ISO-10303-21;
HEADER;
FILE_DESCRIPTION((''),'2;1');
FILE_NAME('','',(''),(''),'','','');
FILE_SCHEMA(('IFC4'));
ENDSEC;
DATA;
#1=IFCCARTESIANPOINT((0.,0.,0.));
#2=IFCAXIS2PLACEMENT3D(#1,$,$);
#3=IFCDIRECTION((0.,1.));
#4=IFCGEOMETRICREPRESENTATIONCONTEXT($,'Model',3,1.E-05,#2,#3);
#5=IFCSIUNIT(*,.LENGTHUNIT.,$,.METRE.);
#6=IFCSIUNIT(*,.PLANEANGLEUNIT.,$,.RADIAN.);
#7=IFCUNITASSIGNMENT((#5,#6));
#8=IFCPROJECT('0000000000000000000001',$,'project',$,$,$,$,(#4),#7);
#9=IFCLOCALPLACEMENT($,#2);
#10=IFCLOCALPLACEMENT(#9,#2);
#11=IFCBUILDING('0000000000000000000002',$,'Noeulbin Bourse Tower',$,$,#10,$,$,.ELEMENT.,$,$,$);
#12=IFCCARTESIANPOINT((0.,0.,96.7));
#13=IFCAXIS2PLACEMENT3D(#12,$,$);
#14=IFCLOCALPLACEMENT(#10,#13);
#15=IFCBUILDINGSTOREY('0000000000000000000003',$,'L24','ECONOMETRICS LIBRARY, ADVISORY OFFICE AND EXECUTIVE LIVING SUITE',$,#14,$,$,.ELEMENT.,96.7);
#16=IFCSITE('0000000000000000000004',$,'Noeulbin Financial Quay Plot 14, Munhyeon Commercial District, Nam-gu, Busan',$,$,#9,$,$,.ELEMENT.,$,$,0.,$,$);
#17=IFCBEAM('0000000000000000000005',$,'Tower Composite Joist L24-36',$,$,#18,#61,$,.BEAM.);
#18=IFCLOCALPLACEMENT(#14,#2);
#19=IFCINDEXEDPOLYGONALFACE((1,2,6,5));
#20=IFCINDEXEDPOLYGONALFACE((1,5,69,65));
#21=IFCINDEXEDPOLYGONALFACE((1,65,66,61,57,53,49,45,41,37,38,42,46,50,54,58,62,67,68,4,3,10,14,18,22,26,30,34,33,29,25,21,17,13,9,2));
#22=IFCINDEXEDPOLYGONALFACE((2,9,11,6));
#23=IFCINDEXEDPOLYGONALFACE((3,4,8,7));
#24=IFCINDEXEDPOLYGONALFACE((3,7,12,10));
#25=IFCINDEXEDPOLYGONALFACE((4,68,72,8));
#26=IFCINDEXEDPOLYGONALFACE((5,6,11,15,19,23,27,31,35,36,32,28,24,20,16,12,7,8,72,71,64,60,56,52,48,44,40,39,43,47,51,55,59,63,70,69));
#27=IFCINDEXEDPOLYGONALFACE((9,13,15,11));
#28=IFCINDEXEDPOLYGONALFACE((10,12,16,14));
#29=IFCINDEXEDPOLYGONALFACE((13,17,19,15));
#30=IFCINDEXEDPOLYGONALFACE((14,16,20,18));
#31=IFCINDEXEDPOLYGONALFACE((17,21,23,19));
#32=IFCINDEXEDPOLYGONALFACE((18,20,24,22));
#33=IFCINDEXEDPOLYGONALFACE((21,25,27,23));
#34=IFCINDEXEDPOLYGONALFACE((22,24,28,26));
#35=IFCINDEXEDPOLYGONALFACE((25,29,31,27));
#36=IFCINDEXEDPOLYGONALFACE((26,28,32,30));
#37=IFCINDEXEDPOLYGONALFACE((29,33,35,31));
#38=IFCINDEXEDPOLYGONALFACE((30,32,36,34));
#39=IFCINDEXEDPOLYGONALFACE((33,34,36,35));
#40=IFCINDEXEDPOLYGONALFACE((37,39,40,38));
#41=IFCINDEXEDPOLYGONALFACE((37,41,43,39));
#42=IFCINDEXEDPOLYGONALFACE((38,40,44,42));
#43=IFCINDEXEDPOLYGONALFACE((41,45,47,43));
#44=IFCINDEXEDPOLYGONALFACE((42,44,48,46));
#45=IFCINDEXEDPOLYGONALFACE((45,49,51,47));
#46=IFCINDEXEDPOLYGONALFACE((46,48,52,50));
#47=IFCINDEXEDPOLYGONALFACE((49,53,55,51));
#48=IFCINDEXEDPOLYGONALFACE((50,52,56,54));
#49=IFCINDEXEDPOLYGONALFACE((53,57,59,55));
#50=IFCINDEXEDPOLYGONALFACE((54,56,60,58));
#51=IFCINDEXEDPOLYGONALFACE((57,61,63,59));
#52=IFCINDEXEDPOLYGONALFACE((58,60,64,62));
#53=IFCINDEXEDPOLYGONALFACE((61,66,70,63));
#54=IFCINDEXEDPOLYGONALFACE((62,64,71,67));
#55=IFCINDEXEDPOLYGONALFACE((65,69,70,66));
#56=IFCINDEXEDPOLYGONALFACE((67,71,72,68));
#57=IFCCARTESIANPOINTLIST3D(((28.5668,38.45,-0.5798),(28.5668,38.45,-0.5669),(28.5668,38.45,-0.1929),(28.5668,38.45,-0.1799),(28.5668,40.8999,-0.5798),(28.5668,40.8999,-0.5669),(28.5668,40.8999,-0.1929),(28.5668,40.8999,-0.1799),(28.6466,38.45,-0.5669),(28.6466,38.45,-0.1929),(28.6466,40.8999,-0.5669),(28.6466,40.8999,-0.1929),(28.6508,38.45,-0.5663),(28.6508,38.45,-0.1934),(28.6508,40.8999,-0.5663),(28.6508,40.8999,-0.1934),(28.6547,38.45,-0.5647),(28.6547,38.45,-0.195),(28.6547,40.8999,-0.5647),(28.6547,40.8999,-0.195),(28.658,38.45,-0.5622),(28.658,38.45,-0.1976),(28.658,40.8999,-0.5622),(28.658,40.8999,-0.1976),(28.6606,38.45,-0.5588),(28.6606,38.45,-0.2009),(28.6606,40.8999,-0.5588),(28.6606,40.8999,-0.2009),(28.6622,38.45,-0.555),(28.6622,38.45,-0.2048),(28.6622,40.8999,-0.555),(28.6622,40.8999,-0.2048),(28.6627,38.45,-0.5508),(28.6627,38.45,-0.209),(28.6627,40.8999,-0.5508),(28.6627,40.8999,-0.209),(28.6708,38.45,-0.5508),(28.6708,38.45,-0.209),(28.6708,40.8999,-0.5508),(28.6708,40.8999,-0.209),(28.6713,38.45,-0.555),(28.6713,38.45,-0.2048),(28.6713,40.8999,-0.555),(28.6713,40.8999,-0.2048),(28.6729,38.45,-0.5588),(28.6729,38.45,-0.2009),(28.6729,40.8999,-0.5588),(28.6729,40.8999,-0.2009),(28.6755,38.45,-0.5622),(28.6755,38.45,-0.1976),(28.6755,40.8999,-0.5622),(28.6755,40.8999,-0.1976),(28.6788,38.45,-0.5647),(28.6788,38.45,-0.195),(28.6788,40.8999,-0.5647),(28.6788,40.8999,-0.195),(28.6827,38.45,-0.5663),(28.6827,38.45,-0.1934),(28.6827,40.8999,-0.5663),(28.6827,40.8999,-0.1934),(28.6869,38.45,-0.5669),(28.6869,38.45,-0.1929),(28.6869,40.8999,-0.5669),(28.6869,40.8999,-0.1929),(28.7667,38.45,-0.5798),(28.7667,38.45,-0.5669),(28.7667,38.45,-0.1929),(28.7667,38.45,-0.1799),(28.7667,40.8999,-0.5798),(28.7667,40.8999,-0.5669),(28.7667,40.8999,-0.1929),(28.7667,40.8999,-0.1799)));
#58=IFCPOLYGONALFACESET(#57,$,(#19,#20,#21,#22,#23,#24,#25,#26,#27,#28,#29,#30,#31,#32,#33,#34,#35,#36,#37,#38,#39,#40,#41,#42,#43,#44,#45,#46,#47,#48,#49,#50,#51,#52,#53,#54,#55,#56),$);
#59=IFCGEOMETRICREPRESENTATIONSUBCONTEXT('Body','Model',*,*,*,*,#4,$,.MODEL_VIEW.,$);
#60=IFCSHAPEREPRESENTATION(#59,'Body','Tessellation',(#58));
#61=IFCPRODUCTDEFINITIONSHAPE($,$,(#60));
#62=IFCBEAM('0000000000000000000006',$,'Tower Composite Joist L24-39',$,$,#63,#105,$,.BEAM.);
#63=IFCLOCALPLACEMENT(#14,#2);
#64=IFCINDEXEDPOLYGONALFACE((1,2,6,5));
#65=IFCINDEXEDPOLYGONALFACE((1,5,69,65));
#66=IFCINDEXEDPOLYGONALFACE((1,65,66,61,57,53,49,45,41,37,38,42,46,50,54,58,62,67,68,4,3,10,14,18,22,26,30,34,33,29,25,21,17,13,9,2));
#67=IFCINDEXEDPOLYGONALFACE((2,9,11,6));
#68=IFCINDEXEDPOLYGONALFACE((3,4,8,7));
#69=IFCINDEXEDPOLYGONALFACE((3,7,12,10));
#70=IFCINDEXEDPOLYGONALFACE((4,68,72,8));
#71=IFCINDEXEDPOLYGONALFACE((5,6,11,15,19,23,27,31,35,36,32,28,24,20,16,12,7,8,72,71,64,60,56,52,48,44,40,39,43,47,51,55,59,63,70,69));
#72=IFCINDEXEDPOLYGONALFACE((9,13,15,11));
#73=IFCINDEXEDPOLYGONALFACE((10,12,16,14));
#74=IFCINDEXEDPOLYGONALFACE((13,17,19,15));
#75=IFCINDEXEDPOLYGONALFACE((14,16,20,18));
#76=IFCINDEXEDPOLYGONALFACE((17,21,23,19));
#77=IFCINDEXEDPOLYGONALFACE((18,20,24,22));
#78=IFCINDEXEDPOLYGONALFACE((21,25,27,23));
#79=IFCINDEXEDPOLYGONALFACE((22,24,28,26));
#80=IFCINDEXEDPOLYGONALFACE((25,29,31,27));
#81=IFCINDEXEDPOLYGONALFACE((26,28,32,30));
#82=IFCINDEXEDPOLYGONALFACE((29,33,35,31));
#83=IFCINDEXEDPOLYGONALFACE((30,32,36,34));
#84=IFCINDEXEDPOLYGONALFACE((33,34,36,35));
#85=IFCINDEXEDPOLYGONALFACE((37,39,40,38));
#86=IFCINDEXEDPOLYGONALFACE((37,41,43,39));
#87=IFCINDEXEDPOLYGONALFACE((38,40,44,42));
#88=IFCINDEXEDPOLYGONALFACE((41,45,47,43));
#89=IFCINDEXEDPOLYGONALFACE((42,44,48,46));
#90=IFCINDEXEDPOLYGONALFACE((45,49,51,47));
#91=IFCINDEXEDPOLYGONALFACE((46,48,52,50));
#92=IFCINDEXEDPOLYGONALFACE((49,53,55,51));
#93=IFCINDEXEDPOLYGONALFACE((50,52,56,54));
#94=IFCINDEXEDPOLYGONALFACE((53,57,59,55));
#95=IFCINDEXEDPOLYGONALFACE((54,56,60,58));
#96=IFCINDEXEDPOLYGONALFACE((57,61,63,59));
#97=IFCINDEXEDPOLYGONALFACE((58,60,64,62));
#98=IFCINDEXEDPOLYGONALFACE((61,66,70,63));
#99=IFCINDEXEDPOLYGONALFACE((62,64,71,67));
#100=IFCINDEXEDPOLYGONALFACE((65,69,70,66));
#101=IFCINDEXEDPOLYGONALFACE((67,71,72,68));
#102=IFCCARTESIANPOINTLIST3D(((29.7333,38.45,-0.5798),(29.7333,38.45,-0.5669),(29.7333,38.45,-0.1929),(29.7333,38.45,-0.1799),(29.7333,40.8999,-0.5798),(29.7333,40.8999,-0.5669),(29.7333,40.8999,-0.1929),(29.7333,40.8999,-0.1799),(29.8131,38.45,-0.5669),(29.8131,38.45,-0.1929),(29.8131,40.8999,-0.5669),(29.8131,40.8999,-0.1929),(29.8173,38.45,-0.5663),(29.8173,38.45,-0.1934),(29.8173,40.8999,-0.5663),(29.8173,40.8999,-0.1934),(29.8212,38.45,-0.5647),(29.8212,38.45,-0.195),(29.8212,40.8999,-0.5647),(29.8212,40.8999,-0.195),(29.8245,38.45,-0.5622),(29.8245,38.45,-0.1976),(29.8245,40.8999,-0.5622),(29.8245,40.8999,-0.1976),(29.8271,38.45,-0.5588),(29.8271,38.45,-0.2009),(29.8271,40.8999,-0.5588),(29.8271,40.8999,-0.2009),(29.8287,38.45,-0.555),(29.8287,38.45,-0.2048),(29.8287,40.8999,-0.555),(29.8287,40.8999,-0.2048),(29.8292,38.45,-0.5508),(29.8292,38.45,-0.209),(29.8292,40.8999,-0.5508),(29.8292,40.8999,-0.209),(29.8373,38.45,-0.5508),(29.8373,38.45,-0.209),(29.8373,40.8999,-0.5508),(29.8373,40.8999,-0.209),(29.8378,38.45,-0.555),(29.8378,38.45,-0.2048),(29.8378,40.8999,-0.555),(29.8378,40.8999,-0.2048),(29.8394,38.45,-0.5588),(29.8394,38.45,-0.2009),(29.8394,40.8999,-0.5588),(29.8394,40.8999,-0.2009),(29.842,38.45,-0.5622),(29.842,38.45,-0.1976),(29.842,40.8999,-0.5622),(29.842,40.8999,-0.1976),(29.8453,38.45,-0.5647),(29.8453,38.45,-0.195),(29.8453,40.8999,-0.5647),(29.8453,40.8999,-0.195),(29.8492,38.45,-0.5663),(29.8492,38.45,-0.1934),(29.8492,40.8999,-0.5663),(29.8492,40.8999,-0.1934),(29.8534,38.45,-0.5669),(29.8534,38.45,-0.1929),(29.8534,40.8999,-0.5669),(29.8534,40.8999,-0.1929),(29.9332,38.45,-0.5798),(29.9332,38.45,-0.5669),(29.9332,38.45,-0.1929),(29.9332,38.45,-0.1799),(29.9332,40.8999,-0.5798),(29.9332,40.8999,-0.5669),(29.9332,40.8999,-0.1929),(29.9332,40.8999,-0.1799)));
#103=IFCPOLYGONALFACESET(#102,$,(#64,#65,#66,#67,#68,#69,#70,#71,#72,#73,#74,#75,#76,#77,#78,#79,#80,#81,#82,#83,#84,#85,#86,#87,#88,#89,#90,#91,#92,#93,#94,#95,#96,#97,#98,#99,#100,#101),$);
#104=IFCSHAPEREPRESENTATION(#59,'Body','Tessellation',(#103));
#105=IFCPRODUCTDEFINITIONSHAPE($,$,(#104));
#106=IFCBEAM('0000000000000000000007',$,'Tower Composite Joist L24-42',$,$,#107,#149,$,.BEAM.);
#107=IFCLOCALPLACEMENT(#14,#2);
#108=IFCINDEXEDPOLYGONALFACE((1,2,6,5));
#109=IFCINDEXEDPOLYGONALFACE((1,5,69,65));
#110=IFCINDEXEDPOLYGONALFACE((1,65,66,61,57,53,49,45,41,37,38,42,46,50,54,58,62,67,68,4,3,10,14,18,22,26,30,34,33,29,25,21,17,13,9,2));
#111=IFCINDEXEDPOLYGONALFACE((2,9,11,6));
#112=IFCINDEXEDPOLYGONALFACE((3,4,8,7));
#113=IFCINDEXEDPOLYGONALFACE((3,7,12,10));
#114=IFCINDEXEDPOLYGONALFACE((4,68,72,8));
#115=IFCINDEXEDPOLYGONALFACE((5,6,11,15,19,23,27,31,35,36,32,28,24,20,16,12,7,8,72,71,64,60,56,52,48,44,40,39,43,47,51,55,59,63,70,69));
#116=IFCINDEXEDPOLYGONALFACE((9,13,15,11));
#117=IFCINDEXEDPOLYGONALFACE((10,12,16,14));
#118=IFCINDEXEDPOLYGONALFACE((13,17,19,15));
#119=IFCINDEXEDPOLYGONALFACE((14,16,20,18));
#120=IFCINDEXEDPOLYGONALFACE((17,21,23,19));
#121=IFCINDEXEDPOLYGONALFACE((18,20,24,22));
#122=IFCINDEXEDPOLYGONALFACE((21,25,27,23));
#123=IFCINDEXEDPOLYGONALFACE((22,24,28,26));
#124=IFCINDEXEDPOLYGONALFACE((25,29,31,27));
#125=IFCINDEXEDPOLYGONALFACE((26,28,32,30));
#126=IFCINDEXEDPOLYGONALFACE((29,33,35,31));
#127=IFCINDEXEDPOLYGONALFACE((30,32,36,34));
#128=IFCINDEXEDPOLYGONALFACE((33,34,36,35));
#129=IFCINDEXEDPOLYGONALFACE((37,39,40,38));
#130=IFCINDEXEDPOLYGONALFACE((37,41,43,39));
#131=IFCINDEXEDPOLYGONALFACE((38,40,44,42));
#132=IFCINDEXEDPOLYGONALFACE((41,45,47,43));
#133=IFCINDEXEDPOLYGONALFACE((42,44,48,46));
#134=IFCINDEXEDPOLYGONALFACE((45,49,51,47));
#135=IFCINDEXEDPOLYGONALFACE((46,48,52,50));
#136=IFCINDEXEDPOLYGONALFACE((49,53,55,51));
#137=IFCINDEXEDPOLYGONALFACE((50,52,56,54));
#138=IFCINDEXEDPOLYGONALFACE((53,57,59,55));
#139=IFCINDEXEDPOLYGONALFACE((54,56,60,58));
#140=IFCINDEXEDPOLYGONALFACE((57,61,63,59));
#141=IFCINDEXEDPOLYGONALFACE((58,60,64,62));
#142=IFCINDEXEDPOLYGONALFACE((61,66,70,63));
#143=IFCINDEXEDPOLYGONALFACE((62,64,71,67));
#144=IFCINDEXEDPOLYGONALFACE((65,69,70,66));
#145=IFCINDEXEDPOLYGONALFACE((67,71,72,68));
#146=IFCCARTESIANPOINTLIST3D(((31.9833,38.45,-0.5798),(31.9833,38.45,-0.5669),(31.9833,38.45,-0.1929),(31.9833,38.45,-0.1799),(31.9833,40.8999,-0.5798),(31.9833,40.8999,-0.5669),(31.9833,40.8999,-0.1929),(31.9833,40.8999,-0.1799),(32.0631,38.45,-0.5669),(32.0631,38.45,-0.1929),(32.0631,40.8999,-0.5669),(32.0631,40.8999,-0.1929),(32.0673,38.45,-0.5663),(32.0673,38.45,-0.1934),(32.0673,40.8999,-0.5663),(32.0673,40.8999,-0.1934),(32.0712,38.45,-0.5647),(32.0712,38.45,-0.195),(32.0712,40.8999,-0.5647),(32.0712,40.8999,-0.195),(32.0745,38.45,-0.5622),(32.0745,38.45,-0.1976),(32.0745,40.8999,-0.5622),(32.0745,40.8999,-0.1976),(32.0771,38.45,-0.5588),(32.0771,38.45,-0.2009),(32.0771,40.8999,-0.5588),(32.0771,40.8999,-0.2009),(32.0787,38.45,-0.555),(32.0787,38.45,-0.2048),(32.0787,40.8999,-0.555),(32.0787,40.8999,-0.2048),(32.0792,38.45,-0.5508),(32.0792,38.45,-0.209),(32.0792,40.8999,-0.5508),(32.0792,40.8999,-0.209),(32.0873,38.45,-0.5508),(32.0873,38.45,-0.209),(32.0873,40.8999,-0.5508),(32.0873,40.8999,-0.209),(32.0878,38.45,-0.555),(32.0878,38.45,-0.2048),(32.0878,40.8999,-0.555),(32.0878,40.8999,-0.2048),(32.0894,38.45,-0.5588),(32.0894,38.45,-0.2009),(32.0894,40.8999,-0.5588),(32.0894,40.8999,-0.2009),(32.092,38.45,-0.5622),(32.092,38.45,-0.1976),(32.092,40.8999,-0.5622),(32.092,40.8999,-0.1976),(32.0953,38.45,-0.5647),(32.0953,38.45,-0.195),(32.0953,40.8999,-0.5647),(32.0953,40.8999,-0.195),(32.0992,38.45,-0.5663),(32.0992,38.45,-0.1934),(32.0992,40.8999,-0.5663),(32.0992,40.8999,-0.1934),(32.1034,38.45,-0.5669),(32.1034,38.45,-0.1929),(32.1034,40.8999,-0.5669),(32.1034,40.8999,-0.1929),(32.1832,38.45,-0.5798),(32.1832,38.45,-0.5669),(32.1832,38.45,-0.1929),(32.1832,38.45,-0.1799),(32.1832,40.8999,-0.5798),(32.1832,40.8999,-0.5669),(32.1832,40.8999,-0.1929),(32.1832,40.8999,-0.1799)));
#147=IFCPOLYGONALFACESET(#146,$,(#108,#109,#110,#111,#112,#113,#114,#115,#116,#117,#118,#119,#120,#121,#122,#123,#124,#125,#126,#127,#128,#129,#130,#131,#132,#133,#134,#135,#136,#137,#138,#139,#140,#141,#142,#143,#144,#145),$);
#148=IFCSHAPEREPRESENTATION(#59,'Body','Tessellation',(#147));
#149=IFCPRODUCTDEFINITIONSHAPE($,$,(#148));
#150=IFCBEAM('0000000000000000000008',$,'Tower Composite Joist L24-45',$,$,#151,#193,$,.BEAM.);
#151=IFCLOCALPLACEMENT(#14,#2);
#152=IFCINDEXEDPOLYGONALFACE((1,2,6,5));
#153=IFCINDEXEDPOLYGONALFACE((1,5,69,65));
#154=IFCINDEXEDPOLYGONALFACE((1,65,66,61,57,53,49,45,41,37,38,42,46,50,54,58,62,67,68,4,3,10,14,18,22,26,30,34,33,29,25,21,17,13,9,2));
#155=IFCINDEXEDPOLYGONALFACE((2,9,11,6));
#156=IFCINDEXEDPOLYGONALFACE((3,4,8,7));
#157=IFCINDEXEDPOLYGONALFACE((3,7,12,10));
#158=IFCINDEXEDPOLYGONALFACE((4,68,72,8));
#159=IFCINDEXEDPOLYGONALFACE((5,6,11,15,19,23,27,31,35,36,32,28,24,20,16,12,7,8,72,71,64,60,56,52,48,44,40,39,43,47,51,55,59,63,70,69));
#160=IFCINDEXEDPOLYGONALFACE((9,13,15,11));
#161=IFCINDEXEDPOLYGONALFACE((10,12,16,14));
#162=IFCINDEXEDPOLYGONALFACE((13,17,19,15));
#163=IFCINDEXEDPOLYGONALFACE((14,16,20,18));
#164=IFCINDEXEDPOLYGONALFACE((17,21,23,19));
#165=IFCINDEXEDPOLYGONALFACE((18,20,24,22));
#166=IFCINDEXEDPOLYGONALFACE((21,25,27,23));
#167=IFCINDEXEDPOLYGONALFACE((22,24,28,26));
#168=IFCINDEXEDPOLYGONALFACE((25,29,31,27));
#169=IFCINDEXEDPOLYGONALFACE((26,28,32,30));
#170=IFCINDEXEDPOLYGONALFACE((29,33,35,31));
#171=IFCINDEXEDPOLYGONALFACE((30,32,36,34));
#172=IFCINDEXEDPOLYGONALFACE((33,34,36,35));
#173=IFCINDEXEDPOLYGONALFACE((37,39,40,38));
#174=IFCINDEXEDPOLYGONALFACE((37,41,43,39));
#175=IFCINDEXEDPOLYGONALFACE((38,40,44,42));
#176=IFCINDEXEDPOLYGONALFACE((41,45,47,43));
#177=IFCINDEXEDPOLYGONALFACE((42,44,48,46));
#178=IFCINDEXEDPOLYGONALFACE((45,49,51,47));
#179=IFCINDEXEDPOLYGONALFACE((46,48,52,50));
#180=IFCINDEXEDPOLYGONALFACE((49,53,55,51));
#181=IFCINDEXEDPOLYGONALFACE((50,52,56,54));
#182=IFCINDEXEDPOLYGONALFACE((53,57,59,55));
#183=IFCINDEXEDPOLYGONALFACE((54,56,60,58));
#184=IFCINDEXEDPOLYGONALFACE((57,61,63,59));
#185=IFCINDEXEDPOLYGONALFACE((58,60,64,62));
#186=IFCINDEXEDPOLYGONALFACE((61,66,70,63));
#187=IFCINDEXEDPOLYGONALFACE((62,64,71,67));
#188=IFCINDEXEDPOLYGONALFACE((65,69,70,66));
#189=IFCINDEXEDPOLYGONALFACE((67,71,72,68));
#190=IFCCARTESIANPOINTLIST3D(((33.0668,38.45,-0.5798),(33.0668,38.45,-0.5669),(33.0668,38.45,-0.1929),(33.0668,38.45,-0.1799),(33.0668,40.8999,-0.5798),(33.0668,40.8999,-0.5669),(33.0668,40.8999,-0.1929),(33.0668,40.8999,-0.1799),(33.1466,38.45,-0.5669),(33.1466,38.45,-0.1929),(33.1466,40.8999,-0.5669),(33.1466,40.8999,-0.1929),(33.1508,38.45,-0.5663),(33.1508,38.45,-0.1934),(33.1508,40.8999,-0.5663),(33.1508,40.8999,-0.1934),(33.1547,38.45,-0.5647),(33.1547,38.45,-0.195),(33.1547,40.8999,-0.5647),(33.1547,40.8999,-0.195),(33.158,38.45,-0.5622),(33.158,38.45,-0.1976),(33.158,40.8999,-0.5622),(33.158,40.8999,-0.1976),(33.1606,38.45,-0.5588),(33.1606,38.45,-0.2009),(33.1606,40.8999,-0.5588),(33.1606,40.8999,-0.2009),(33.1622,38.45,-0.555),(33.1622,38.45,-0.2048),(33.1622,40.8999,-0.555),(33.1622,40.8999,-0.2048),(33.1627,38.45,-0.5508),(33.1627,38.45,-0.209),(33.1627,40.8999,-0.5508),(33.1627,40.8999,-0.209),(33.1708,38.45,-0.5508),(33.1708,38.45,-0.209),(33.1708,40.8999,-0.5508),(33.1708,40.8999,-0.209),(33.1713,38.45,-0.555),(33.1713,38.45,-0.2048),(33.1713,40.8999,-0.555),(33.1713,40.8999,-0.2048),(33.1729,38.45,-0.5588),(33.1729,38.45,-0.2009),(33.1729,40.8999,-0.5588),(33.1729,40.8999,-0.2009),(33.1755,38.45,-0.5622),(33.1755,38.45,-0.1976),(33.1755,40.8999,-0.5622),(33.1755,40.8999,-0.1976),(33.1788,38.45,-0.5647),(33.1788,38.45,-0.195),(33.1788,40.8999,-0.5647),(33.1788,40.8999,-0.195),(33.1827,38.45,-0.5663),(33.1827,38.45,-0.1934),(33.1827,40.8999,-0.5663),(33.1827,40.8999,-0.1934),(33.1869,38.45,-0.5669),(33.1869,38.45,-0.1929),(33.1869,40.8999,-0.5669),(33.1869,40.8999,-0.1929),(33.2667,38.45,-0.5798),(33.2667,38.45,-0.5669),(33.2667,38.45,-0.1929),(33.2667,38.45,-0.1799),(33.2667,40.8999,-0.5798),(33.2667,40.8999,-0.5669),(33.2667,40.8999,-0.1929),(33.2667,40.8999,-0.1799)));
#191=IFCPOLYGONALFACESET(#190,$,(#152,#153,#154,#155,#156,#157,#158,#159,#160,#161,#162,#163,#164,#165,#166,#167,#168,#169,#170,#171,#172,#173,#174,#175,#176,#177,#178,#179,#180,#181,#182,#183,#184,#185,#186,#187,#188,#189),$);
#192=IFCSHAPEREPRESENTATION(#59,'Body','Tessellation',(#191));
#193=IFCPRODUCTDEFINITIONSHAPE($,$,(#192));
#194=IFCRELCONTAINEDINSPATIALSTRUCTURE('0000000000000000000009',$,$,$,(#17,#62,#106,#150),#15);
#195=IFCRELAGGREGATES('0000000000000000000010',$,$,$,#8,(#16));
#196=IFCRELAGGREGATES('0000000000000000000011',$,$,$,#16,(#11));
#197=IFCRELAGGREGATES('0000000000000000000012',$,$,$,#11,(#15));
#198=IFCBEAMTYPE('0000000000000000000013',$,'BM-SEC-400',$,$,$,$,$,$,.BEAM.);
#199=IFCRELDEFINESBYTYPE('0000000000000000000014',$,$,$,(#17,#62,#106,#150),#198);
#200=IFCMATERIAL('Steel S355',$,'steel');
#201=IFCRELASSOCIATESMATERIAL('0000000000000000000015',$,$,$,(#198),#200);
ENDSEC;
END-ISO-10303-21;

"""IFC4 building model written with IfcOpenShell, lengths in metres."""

from ifc_helpers import new_model, si_unit, direction, frame, origin, origin_2d, place, context, subcontext, project, spatial, i_section, extrude, material, material_profile, profile_set, type_object, element, save


model = new_model("IFC4")

# Units and contexts
model_context = context("Model", 3, precision=1e-05, world=origin(), true_north=direction((0.0, 1.0)))
body_context = subcontext(model_context, "Body", "Model", "MODEL_VIEW")
ifc_project = project(units=[si_unit("LENGTHUNIT", "METRE"), si_unit("PLANEANGLEUNIT", "RADIAN")], contexts=[model_context])

# Site, building, storey
site_placement = place(None, origin())
site = spatial("IfcSite", under=ifc_project, at=site_placement, Name="Noeulbin Financial Quay Plot 14, Munhyeon Commercial District, Nam-gu, Busan", CompositionType="ELEMENT", RefElevation=0.0)
building_placement = place(site_placement, origin())
building = spatial("IfcBuilding", under=site, at=building_placement, Name="Noeulbin Bourse Tower", CompositionType="ELEMENT")
storey_placement = place(building_placement, frame((0.0, 0.0, 96.7)))
storey = spatial("IfcBuildingStorey", under=building, at=storey_placement, Name="L24", Description="ECONOMETRICS LIBRARY, ADVISORY OFFICE AND EXECUTIVE LIVING SUITE", CompositionType="ELEMENT", Elevation=96.7)

# Beams
ifc_material_1 = material(Name="Steel S355", Category="steel")
ifc_material_profile_1 = material_profile(ifc_material_1, i_section(OverallWidth=0.2, OverallDepth=0.3999, WebThickness=0.0081, FlangeThickness=0.0129, FilletRadius=0.0161, at=origin_2d()), Name="H-400x200x8x13", Category="LoadBearing")
ifc_profile_set_1 = profile_set([ifc_material_profile_1], Name="Steel S355")
beam_type_1 = type_object("IfcBeamType", Name="BM-SEC-400", PredefinedType="BEAM", material=ifc_profile_set_1)
for number, where, z_axis, x_axis, name in (
    (1, (28.6667, 38.45, -0.3799), (0.0, 1.0, 0.0), (-1.0, 0.0, 0.0), "Tower Composite Joist L24-36"),
    (2, (29.8333, 38.45, -0.3799), (0.0, 1.0, 0.0), (-1.0, 0.0, 0.0), "Tower Composite Joist L24-39"),
    (3, (32.0833, 38.45, -0.3799), (0.0, 1.0, 0.0), (-1.0, 0.0, 0.0), "Tower Composite Joist L24-42"),
    (4, (33.1667, 38.45, -0.3799), (0.0, 1.0, 0.0), (-1.0, 0.0, 0.0), "Tower Composite Joist L24-45"),
):
    element("IfcBeam", number, at=place(storey_placement, frame(where, z_axis=z_axis, x_axis=x_axis)), inside=storey, type_object=beam_type_1, Name=name, PredefinedType="BEAM", context=body_context, shape_type="SweptSolid", body=[
        extrude(i_section(OverallWidth=0.2, OverallDepth=0.3999, WebThickness=0.0081, FlangeThickness=0.0129, FilletRadius=0.0161, at=origin_2d()), origin(), (0.0, 0.0, 1.0), 2.45),
    ])

save(model, "model.ifc")
